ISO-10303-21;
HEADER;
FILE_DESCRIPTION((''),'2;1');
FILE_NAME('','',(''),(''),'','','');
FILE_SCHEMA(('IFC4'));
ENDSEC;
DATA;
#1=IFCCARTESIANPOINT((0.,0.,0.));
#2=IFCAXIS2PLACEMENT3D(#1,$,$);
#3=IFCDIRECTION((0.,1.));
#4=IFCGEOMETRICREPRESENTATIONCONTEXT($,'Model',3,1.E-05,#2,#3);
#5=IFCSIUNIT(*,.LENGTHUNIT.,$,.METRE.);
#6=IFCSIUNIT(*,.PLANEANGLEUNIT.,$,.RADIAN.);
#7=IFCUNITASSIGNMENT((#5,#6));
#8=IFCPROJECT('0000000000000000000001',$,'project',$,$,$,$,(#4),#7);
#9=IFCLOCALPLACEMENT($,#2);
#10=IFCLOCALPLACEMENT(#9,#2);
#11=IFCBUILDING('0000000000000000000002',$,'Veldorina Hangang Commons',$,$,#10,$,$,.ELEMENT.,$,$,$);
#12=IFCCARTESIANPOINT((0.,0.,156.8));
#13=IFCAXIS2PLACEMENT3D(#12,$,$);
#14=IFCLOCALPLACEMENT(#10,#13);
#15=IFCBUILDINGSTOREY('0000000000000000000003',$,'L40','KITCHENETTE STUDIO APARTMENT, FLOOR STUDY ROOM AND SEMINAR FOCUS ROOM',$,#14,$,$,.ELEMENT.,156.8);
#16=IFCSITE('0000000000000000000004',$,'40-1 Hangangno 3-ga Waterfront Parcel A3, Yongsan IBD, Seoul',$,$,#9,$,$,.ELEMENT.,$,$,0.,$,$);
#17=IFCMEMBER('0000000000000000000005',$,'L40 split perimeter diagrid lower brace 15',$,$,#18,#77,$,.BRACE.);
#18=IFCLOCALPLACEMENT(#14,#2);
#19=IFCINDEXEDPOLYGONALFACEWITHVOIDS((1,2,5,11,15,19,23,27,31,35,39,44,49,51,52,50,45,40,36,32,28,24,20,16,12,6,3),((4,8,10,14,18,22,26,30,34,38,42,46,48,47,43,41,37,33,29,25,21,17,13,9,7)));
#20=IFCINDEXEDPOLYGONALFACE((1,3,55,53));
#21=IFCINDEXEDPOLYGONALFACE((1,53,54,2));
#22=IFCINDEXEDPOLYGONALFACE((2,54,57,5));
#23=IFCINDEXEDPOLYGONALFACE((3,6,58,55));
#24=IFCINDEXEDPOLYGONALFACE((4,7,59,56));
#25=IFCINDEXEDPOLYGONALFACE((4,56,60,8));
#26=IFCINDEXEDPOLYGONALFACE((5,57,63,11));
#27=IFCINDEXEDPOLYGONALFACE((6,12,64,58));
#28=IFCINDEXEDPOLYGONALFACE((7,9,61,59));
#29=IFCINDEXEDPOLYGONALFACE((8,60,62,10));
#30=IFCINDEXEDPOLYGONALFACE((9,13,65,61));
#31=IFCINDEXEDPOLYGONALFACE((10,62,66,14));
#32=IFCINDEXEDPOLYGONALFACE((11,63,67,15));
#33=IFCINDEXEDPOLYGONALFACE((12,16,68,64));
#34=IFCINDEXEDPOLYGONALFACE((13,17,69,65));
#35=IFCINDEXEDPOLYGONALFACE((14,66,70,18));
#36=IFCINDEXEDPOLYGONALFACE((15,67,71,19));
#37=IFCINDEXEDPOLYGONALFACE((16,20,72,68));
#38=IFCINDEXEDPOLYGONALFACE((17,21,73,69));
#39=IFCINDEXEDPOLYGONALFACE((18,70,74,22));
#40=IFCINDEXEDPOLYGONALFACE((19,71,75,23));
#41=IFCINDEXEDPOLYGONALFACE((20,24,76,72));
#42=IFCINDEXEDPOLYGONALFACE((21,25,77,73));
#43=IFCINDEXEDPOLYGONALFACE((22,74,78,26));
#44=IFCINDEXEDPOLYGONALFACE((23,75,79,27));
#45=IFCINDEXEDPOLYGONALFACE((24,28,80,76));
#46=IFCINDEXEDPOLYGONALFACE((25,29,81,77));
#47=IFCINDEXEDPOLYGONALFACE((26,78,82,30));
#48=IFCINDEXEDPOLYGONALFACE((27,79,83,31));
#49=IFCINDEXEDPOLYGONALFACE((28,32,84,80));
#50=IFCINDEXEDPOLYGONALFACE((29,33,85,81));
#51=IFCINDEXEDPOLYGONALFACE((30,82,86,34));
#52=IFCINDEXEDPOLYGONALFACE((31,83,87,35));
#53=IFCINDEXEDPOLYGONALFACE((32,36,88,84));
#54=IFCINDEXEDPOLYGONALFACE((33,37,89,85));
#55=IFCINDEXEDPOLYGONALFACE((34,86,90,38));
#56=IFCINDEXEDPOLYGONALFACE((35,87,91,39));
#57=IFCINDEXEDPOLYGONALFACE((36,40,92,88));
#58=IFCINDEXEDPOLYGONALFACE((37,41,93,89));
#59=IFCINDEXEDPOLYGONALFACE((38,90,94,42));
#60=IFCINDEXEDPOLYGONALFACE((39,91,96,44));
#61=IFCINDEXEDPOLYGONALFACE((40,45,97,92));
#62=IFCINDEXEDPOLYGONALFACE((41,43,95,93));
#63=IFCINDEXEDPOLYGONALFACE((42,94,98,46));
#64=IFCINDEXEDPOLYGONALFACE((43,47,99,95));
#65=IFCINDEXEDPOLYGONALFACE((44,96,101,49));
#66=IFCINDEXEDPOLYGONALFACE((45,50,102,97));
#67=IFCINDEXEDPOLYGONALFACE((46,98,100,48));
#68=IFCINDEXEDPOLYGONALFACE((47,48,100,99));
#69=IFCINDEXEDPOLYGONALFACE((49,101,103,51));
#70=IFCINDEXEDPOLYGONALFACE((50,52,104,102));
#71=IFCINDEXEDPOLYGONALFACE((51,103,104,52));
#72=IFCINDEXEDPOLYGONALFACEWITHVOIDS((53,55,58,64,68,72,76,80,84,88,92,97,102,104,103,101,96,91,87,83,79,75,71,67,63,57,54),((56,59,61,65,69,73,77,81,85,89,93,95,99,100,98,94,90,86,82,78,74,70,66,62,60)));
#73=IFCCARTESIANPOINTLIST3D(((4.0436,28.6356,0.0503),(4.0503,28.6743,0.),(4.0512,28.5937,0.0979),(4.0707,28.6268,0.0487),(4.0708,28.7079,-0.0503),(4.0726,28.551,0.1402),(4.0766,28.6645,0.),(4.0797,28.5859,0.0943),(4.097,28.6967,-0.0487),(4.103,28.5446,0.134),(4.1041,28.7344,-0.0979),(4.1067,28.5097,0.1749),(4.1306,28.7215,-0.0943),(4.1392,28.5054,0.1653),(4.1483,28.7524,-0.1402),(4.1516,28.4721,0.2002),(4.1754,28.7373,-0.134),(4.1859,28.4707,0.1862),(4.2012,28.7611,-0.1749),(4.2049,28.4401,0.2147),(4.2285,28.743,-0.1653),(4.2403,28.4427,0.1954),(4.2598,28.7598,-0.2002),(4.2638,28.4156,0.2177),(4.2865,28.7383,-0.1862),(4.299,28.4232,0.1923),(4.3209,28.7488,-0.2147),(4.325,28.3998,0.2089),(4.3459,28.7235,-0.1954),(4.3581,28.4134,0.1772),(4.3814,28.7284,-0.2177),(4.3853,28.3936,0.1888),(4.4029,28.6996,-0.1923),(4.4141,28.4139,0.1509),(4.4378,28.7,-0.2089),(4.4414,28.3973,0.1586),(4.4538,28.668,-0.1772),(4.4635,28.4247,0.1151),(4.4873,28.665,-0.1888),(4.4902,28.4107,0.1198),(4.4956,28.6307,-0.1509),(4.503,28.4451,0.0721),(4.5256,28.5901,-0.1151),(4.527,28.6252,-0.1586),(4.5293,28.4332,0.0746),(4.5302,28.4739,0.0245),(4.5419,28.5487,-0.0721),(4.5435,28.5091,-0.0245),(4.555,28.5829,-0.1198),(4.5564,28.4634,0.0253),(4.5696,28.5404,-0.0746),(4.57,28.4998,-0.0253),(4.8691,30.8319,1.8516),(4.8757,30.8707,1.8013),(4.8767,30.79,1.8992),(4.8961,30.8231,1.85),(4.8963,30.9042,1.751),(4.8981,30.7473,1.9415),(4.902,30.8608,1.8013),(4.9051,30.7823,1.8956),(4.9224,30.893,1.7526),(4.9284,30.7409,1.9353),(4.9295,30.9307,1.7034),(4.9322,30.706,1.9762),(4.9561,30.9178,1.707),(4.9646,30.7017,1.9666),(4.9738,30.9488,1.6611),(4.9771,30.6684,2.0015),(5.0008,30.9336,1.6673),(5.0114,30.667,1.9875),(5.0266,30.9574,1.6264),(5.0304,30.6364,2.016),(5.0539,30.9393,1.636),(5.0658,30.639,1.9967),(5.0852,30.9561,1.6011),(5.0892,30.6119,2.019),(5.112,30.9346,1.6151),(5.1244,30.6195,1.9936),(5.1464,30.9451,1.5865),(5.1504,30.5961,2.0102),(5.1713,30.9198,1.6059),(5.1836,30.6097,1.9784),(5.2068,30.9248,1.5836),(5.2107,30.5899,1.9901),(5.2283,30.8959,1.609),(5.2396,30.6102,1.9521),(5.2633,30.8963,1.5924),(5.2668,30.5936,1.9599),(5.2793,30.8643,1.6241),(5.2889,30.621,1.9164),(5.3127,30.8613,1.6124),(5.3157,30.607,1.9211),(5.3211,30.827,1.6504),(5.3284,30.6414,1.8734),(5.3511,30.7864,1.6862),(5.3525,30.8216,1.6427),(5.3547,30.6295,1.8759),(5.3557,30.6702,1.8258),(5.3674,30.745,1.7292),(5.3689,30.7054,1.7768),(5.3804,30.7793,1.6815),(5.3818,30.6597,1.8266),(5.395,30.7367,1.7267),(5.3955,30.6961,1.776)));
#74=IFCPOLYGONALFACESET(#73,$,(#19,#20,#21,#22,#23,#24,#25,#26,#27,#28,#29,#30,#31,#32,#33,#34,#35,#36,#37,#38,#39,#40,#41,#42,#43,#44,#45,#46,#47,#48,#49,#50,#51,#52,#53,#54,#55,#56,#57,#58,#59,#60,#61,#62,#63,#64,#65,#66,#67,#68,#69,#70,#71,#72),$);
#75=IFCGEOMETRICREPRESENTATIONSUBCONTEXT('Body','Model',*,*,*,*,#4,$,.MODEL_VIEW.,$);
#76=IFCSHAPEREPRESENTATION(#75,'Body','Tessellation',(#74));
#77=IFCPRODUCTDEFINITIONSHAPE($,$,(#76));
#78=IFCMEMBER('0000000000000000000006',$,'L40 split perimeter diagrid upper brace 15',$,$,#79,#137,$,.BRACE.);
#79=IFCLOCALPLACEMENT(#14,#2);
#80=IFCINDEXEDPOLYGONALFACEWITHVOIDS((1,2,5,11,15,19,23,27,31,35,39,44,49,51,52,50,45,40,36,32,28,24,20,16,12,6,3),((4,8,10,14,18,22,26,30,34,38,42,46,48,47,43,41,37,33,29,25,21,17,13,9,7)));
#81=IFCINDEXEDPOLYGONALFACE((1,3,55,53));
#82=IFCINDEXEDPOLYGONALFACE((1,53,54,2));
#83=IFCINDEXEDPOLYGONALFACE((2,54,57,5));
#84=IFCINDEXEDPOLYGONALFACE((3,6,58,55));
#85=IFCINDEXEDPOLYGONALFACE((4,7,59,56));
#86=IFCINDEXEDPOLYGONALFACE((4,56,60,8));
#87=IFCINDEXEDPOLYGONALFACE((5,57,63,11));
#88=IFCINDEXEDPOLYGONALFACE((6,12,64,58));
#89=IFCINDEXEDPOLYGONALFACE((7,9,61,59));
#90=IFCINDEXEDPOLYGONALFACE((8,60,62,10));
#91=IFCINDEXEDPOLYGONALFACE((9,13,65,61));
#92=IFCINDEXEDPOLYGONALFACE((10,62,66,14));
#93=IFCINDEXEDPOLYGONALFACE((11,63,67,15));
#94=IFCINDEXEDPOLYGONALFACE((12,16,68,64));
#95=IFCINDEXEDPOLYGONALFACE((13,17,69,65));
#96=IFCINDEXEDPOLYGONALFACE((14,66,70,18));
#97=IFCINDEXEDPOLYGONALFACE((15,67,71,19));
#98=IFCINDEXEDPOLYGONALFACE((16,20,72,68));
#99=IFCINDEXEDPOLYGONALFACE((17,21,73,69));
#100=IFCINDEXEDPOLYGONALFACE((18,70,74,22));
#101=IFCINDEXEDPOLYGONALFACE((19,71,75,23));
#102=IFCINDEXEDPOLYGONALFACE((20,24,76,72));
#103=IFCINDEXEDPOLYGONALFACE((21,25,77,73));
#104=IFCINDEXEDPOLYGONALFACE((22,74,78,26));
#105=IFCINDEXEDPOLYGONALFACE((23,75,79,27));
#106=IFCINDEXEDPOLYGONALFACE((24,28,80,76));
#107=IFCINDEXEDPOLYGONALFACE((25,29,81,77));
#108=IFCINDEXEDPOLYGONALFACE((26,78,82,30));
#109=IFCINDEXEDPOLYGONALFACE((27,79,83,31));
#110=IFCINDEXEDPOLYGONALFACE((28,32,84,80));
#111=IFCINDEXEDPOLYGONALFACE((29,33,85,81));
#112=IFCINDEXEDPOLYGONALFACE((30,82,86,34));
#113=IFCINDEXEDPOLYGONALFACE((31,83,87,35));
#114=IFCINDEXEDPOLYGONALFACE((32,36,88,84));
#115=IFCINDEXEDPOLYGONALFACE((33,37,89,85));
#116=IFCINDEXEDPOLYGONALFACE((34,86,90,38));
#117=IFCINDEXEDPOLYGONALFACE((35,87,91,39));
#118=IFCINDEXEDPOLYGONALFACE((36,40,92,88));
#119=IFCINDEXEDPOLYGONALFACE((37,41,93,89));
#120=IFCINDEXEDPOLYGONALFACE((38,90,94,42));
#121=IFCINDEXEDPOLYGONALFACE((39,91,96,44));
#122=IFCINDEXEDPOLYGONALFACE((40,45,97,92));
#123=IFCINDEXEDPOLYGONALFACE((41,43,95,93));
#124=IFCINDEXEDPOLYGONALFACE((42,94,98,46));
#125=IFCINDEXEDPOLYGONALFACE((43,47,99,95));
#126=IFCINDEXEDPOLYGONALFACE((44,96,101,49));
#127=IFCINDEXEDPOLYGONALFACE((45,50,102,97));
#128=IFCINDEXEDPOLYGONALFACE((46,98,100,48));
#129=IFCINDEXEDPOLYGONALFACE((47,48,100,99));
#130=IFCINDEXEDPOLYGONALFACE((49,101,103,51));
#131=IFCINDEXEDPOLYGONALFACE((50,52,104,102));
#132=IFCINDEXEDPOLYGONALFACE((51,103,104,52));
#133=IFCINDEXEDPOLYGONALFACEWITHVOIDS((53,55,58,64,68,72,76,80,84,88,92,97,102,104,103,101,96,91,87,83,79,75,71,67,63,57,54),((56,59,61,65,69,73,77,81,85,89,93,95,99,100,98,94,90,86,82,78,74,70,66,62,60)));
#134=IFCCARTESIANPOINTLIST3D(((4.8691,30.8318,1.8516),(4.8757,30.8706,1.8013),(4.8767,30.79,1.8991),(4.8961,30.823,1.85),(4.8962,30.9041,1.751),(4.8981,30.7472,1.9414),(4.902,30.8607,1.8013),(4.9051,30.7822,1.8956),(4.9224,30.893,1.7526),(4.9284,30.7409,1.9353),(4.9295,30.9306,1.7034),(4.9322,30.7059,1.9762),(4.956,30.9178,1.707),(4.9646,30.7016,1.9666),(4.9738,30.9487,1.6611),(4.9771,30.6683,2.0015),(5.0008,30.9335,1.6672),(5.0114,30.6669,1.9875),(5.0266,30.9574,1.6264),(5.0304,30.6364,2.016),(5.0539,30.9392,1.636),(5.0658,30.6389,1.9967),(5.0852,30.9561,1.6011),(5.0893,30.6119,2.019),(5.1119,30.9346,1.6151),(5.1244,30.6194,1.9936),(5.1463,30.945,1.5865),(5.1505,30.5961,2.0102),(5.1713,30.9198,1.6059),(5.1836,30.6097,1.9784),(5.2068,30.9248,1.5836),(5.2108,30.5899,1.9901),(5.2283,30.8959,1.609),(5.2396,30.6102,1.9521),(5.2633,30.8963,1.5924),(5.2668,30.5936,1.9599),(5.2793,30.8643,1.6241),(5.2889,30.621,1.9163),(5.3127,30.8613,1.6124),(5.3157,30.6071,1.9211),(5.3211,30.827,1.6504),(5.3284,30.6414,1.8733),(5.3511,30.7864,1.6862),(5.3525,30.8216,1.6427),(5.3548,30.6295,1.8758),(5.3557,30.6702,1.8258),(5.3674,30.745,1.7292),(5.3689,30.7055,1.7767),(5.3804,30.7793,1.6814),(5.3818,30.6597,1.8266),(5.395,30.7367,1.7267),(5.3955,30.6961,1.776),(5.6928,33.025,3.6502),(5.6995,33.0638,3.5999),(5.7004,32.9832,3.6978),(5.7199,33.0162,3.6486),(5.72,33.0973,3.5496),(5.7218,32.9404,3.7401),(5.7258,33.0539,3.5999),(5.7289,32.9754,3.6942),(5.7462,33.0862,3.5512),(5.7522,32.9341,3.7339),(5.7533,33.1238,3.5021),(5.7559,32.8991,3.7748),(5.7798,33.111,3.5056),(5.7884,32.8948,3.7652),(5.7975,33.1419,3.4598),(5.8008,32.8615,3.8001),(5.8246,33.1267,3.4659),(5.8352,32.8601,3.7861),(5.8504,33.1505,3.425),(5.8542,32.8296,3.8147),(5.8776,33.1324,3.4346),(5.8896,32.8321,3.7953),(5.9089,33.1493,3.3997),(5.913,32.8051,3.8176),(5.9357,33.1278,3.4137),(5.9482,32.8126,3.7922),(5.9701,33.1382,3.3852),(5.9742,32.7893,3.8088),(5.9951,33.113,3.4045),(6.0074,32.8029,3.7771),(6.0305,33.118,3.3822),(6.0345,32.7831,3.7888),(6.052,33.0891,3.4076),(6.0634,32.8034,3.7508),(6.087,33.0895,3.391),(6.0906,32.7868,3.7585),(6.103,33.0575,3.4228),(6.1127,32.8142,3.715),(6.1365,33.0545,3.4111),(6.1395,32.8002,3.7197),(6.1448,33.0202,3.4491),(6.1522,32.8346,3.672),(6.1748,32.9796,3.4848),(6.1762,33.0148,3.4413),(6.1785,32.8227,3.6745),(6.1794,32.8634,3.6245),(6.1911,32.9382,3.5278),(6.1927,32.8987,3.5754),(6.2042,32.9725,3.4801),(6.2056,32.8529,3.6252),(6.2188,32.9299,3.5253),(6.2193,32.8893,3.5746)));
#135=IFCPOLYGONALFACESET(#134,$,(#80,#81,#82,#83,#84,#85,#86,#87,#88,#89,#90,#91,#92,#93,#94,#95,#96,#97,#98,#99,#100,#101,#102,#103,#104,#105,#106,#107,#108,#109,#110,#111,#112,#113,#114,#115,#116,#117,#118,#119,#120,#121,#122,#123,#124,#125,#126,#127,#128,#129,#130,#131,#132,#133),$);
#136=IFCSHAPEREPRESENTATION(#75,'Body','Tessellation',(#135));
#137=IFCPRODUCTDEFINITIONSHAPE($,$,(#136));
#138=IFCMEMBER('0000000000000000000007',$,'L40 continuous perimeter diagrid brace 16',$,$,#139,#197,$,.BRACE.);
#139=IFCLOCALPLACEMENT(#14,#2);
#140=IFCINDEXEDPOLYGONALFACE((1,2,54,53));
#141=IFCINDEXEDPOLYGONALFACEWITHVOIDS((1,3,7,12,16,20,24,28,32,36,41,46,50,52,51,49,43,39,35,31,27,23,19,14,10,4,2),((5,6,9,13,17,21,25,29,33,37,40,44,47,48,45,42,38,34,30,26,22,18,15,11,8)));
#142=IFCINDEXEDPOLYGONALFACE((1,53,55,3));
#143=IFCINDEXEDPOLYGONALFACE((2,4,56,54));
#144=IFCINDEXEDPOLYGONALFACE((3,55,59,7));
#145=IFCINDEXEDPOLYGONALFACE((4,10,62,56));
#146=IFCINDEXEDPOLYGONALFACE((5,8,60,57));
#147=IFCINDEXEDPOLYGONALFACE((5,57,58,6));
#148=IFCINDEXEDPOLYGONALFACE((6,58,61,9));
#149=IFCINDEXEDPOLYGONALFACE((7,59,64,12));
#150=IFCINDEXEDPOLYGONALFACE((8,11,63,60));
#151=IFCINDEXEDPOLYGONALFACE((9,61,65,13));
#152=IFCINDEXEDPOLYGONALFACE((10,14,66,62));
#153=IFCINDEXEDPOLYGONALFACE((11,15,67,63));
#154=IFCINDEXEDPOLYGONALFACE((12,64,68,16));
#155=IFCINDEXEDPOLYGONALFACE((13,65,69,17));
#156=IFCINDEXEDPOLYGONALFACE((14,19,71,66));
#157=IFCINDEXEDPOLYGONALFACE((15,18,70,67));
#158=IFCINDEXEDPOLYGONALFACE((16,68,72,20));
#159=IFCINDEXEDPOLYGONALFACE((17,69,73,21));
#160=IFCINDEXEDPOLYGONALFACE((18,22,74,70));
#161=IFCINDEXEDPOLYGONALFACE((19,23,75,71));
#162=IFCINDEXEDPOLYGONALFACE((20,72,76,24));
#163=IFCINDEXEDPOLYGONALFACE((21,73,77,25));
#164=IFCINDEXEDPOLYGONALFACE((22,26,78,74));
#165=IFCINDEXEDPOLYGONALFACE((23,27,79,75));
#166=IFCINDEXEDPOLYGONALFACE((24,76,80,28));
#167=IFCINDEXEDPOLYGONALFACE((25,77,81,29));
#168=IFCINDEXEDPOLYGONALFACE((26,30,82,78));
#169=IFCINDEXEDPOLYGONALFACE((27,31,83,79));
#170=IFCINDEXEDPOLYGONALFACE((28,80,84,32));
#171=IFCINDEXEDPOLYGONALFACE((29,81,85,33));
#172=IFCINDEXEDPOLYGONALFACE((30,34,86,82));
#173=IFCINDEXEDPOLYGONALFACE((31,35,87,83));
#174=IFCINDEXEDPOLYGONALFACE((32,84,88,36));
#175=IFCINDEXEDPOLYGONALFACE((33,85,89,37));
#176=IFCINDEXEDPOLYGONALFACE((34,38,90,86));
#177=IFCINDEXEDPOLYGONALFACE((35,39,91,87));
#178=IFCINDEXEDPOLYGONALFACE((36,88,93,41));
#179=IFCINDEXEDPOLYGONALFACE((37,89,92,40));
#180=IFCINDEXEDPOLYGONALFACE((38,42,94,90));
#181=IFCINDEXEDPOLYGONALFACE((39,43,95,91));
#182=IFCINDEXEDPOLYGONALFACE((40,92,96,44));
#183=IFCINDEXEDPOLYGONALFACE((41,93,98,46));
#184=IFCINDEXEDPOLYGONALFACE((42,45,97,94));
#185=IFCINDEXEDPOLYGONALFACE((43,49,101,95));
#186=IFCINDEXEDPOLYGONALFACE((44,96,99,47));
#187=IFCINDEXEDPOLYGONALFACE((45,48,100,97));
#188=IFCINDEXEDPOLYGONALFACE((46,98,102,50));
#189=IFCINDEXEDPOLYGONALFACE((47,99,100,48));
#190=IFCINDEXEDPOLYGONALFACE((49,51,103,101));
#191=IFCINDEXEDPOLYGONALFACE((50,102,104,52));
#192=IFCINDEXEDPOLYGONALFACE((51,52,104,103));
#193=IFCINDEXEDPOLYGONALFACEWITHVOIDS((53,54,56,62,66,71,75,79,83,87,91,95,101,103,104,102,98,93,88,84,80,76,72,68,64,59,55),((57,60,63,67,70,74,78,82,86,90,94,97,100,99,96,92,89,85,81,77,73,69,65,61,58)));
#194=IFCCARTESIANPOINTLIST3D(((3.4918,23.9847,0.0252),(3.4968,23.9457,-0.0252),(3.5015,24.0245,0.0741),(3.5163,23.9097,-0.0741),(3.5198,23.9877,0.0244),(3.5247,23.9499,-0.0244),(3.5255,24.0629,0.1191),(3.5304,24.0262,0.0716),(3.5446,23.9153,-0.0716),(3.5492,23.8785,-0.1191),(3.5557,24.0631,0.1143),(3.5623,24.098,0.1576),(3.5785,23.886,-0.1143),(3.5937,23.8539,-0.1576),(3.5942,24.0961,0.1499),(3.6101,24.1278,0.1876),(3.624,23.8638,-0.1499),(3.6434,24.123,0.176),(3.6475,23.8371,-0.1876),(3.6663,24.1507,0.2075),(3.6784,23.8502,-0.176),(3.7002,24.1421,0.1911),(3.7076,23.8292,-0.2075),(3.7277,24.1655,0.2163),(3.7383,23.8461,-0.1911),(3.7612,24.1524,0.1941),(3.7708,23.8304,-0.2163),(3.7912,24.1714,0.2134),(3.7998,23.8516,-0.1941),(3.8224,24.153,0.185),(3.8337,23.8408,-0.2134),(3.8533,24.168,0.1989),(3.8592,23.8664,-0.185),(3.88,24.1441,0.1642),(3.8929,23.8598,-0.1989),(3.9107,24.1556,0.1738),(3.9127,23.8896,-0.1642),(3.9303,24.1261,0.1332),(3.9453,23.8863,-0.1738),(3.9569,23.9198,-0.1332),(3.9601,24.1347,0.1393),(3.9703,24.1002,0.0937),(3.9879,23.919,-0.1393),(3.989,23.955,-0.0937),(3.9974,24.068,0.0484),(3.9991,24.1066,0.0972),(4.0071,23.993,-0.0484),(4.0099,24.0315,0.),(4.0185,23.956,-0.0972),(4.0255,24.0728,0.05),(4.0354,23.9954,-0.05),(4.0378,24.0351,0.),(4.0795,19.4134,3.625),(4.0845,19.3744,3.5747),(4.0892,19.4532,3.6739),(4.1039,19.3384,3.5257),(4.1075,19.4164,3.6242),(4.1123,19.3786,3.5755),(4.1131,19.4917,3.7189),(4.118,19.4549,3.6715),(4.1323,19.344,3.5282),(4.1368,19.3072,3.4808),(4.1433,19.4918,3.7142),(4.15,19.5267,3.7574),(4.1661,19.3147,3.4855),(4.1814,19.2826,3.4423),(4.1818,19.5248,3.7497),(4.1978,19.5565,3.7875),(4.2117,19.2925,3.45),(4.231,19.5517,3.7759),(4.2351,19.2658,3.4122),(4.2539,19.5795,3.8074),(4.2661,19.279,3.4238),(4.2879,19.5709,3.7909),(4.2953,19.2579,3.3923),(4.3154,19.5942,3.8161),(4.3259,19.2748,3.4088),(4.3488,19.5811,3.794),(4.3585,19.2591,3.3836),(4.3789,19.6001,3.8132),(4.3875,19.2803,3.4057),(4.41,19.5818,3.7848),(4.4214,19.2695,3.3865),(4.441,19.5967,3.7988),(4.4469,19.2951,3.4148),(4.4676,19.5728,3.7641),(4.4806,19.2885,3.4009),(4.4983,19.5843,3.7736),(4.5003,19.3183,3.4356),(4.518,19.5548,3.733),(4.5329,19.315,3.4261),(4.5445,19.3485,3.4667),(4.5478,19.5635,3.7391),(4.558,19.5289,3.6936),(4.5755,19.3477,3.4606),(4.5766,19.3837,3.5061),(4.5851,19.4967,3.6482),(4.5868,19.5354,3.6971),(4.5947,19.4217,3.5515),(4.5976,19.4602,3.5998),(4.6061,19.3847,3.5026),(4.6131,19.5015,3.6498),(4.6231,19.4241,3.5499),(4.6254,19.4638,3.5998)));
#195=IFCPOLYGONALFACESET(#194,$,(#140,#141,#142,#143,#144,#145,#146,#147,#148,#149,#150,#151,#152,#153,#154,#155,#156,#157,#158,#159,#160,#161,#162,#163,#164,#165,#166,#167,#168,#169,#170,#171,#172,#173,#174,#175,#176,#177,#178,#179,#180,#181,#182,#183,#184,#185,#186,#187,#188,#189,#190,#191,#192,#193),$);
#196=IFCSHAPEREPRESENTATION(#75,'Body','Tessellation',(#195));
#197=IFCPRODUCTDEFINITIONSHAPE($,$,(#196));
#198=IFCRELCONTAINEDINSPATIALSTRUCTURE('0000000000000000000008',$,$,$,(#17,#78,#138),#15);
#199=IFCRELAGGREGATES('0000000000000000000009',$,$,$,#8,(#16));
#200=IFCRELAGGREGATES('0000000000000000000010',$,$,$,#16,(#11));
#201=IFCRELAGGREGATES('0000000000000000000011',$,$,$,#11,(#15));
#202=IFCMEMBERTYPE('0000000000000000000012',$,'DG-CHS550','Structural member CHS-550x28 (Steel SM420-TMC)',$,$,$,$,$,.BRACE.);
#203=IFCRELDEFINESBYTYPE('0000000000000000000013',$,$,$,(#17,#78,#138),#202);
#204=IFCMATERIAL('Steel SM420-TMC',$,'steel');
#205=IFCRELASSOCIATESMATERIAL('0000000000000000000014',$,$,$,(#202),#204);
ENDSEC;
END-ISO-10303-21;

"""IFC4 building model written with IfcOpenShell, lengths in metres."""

from ifc_helpers import new_model, si_unit, direction, frame, origin, origin_2d, place, context, subcontext, project, spatial, hollow_circle, extrude, material, material_profile, profile_set, type_object, element, save


model = new_model("IFC4")

# Units and contexts
model_context = context("Model", 3, precision=1e-05, world=origin(), true_north=direction((0.0, 1.0)))
body_context = subcontext(model_context, "Body", "Model", "MODEL_VIEW")
ifc_project = project(units=[si_unit("LENGTHUNIT", "METRE"), si_unit("PLANEANGLEUNIT", "RADIAN")], contexts=[model_context])

# Site, building, storey
site_placement = place(None, origin())
site = spatial("IfcSite", under=ifc_project, at=site_placement, Name="40-1 Hangangno 3-ga Waterfront Parcel A3, Yongsan IBD, Seoul", CompositionType="ELEMENT", RefElevation=0.0)
building_placement = place(site_placement, origin())
building = spatial("IfcBuilding", under=site, at=building_placement, Name="Veldorina Hangang Commons", CompositionType="ELEMENT")
storey_placement = place(building_placement, frame((0.0, 0.0, 156.8)))
storey = spatial("IfcBuildingStorey", under=building, at=storey_placement, Name="L40", Description="KITCHENETTE STUDIO APARTMENT, FLOOR STUDY ROOM AND SEMINAR FOCUS ROOM", CompositionType="ELEMENT", Elevation=156.8)

# Shared definitions
ifc_material_1 = material(Name="Steel SM420-TMC", Category="steel")

# Members
ifc_material_profile_1 = material_profile(ifc_material_1, hollow_circle(Radius=0.2749, WallThickness=0.0281, at=origin_2d()), Name="CHS-550x28")
ifc_profile_set_1 = profile_set([ifc_material_profile_1], Name="Steel SM420-TMC")
member_type = type_object("IfcMemberType", Name="DG-CHS550", Description="Structural member CHS-550x28 (Steel SM420-TMC)", PredefinedType="BRACE", material=ifc_profile_set_1)
member_1_placement = place(storey_placement, frame((4.3076, 28.5776, 0.0), z_axis=(0.279056, 0.742498, 0.608954), x_axis=(-0.936072, 0.351808, 0.0)))
element("IfcMember", 1, at=member_1_placement, inside=storey, type_object=member_type, Name="L40 split perimeter diagrid lower brace 15", PredefinedType="BRACE", context=body_context, shape_type="SweptSolid", body=[
    extrude(hollow_circle(Radius=0.2749, WallThickness=0.0281, at=origin_2d()), origin(), (0.0, 0.0, 1.0), 2.958),
])
member_2_placement = place(storey_placement, frame((5.1331, 30.7739, 1.8013), z_axis=(0.278899, 0.742547, 0.608966), x_axis=(-0.936145, 0.351614, 0.0)))
element("IfcMember", 2, at=member_2_placement, inside=storey, type_object=member_type, Name="L40 split perimeter diagrid upper brace 15", PredefinedType="BRACE", context=body_context, shape_type="SweptSolid", body=[
    extrude(hollow_circle(Radius=0.2749, WallThickness=0.0281, at=origin_2d()), origin(), (0.0, 0.0, 1.0), 2.9536),
])
member_3_placement = place(storey_placement, frame((3.7651, 24.0, 0.0), z_axis=(0.100484, -0.781663, 0.615553), x_axis=(0.991838, 0.127502, 0.0)))
element("IfcMember", 3, at=member_3_placement, inside=storey, type_object=member_type, Name="L40 continuous perimeter diagrid brace 16", PredefinedType="BRACE", context=body_context, shape_type="SweptSolid", body=[
    extrude(hollow_circle(Radius=0.2749, WallThickness=0.0281, at=origin_2d()), origin(), (0.0, 0.0, 1.0), 5.8481),
])

save(model, "model.ifc")
